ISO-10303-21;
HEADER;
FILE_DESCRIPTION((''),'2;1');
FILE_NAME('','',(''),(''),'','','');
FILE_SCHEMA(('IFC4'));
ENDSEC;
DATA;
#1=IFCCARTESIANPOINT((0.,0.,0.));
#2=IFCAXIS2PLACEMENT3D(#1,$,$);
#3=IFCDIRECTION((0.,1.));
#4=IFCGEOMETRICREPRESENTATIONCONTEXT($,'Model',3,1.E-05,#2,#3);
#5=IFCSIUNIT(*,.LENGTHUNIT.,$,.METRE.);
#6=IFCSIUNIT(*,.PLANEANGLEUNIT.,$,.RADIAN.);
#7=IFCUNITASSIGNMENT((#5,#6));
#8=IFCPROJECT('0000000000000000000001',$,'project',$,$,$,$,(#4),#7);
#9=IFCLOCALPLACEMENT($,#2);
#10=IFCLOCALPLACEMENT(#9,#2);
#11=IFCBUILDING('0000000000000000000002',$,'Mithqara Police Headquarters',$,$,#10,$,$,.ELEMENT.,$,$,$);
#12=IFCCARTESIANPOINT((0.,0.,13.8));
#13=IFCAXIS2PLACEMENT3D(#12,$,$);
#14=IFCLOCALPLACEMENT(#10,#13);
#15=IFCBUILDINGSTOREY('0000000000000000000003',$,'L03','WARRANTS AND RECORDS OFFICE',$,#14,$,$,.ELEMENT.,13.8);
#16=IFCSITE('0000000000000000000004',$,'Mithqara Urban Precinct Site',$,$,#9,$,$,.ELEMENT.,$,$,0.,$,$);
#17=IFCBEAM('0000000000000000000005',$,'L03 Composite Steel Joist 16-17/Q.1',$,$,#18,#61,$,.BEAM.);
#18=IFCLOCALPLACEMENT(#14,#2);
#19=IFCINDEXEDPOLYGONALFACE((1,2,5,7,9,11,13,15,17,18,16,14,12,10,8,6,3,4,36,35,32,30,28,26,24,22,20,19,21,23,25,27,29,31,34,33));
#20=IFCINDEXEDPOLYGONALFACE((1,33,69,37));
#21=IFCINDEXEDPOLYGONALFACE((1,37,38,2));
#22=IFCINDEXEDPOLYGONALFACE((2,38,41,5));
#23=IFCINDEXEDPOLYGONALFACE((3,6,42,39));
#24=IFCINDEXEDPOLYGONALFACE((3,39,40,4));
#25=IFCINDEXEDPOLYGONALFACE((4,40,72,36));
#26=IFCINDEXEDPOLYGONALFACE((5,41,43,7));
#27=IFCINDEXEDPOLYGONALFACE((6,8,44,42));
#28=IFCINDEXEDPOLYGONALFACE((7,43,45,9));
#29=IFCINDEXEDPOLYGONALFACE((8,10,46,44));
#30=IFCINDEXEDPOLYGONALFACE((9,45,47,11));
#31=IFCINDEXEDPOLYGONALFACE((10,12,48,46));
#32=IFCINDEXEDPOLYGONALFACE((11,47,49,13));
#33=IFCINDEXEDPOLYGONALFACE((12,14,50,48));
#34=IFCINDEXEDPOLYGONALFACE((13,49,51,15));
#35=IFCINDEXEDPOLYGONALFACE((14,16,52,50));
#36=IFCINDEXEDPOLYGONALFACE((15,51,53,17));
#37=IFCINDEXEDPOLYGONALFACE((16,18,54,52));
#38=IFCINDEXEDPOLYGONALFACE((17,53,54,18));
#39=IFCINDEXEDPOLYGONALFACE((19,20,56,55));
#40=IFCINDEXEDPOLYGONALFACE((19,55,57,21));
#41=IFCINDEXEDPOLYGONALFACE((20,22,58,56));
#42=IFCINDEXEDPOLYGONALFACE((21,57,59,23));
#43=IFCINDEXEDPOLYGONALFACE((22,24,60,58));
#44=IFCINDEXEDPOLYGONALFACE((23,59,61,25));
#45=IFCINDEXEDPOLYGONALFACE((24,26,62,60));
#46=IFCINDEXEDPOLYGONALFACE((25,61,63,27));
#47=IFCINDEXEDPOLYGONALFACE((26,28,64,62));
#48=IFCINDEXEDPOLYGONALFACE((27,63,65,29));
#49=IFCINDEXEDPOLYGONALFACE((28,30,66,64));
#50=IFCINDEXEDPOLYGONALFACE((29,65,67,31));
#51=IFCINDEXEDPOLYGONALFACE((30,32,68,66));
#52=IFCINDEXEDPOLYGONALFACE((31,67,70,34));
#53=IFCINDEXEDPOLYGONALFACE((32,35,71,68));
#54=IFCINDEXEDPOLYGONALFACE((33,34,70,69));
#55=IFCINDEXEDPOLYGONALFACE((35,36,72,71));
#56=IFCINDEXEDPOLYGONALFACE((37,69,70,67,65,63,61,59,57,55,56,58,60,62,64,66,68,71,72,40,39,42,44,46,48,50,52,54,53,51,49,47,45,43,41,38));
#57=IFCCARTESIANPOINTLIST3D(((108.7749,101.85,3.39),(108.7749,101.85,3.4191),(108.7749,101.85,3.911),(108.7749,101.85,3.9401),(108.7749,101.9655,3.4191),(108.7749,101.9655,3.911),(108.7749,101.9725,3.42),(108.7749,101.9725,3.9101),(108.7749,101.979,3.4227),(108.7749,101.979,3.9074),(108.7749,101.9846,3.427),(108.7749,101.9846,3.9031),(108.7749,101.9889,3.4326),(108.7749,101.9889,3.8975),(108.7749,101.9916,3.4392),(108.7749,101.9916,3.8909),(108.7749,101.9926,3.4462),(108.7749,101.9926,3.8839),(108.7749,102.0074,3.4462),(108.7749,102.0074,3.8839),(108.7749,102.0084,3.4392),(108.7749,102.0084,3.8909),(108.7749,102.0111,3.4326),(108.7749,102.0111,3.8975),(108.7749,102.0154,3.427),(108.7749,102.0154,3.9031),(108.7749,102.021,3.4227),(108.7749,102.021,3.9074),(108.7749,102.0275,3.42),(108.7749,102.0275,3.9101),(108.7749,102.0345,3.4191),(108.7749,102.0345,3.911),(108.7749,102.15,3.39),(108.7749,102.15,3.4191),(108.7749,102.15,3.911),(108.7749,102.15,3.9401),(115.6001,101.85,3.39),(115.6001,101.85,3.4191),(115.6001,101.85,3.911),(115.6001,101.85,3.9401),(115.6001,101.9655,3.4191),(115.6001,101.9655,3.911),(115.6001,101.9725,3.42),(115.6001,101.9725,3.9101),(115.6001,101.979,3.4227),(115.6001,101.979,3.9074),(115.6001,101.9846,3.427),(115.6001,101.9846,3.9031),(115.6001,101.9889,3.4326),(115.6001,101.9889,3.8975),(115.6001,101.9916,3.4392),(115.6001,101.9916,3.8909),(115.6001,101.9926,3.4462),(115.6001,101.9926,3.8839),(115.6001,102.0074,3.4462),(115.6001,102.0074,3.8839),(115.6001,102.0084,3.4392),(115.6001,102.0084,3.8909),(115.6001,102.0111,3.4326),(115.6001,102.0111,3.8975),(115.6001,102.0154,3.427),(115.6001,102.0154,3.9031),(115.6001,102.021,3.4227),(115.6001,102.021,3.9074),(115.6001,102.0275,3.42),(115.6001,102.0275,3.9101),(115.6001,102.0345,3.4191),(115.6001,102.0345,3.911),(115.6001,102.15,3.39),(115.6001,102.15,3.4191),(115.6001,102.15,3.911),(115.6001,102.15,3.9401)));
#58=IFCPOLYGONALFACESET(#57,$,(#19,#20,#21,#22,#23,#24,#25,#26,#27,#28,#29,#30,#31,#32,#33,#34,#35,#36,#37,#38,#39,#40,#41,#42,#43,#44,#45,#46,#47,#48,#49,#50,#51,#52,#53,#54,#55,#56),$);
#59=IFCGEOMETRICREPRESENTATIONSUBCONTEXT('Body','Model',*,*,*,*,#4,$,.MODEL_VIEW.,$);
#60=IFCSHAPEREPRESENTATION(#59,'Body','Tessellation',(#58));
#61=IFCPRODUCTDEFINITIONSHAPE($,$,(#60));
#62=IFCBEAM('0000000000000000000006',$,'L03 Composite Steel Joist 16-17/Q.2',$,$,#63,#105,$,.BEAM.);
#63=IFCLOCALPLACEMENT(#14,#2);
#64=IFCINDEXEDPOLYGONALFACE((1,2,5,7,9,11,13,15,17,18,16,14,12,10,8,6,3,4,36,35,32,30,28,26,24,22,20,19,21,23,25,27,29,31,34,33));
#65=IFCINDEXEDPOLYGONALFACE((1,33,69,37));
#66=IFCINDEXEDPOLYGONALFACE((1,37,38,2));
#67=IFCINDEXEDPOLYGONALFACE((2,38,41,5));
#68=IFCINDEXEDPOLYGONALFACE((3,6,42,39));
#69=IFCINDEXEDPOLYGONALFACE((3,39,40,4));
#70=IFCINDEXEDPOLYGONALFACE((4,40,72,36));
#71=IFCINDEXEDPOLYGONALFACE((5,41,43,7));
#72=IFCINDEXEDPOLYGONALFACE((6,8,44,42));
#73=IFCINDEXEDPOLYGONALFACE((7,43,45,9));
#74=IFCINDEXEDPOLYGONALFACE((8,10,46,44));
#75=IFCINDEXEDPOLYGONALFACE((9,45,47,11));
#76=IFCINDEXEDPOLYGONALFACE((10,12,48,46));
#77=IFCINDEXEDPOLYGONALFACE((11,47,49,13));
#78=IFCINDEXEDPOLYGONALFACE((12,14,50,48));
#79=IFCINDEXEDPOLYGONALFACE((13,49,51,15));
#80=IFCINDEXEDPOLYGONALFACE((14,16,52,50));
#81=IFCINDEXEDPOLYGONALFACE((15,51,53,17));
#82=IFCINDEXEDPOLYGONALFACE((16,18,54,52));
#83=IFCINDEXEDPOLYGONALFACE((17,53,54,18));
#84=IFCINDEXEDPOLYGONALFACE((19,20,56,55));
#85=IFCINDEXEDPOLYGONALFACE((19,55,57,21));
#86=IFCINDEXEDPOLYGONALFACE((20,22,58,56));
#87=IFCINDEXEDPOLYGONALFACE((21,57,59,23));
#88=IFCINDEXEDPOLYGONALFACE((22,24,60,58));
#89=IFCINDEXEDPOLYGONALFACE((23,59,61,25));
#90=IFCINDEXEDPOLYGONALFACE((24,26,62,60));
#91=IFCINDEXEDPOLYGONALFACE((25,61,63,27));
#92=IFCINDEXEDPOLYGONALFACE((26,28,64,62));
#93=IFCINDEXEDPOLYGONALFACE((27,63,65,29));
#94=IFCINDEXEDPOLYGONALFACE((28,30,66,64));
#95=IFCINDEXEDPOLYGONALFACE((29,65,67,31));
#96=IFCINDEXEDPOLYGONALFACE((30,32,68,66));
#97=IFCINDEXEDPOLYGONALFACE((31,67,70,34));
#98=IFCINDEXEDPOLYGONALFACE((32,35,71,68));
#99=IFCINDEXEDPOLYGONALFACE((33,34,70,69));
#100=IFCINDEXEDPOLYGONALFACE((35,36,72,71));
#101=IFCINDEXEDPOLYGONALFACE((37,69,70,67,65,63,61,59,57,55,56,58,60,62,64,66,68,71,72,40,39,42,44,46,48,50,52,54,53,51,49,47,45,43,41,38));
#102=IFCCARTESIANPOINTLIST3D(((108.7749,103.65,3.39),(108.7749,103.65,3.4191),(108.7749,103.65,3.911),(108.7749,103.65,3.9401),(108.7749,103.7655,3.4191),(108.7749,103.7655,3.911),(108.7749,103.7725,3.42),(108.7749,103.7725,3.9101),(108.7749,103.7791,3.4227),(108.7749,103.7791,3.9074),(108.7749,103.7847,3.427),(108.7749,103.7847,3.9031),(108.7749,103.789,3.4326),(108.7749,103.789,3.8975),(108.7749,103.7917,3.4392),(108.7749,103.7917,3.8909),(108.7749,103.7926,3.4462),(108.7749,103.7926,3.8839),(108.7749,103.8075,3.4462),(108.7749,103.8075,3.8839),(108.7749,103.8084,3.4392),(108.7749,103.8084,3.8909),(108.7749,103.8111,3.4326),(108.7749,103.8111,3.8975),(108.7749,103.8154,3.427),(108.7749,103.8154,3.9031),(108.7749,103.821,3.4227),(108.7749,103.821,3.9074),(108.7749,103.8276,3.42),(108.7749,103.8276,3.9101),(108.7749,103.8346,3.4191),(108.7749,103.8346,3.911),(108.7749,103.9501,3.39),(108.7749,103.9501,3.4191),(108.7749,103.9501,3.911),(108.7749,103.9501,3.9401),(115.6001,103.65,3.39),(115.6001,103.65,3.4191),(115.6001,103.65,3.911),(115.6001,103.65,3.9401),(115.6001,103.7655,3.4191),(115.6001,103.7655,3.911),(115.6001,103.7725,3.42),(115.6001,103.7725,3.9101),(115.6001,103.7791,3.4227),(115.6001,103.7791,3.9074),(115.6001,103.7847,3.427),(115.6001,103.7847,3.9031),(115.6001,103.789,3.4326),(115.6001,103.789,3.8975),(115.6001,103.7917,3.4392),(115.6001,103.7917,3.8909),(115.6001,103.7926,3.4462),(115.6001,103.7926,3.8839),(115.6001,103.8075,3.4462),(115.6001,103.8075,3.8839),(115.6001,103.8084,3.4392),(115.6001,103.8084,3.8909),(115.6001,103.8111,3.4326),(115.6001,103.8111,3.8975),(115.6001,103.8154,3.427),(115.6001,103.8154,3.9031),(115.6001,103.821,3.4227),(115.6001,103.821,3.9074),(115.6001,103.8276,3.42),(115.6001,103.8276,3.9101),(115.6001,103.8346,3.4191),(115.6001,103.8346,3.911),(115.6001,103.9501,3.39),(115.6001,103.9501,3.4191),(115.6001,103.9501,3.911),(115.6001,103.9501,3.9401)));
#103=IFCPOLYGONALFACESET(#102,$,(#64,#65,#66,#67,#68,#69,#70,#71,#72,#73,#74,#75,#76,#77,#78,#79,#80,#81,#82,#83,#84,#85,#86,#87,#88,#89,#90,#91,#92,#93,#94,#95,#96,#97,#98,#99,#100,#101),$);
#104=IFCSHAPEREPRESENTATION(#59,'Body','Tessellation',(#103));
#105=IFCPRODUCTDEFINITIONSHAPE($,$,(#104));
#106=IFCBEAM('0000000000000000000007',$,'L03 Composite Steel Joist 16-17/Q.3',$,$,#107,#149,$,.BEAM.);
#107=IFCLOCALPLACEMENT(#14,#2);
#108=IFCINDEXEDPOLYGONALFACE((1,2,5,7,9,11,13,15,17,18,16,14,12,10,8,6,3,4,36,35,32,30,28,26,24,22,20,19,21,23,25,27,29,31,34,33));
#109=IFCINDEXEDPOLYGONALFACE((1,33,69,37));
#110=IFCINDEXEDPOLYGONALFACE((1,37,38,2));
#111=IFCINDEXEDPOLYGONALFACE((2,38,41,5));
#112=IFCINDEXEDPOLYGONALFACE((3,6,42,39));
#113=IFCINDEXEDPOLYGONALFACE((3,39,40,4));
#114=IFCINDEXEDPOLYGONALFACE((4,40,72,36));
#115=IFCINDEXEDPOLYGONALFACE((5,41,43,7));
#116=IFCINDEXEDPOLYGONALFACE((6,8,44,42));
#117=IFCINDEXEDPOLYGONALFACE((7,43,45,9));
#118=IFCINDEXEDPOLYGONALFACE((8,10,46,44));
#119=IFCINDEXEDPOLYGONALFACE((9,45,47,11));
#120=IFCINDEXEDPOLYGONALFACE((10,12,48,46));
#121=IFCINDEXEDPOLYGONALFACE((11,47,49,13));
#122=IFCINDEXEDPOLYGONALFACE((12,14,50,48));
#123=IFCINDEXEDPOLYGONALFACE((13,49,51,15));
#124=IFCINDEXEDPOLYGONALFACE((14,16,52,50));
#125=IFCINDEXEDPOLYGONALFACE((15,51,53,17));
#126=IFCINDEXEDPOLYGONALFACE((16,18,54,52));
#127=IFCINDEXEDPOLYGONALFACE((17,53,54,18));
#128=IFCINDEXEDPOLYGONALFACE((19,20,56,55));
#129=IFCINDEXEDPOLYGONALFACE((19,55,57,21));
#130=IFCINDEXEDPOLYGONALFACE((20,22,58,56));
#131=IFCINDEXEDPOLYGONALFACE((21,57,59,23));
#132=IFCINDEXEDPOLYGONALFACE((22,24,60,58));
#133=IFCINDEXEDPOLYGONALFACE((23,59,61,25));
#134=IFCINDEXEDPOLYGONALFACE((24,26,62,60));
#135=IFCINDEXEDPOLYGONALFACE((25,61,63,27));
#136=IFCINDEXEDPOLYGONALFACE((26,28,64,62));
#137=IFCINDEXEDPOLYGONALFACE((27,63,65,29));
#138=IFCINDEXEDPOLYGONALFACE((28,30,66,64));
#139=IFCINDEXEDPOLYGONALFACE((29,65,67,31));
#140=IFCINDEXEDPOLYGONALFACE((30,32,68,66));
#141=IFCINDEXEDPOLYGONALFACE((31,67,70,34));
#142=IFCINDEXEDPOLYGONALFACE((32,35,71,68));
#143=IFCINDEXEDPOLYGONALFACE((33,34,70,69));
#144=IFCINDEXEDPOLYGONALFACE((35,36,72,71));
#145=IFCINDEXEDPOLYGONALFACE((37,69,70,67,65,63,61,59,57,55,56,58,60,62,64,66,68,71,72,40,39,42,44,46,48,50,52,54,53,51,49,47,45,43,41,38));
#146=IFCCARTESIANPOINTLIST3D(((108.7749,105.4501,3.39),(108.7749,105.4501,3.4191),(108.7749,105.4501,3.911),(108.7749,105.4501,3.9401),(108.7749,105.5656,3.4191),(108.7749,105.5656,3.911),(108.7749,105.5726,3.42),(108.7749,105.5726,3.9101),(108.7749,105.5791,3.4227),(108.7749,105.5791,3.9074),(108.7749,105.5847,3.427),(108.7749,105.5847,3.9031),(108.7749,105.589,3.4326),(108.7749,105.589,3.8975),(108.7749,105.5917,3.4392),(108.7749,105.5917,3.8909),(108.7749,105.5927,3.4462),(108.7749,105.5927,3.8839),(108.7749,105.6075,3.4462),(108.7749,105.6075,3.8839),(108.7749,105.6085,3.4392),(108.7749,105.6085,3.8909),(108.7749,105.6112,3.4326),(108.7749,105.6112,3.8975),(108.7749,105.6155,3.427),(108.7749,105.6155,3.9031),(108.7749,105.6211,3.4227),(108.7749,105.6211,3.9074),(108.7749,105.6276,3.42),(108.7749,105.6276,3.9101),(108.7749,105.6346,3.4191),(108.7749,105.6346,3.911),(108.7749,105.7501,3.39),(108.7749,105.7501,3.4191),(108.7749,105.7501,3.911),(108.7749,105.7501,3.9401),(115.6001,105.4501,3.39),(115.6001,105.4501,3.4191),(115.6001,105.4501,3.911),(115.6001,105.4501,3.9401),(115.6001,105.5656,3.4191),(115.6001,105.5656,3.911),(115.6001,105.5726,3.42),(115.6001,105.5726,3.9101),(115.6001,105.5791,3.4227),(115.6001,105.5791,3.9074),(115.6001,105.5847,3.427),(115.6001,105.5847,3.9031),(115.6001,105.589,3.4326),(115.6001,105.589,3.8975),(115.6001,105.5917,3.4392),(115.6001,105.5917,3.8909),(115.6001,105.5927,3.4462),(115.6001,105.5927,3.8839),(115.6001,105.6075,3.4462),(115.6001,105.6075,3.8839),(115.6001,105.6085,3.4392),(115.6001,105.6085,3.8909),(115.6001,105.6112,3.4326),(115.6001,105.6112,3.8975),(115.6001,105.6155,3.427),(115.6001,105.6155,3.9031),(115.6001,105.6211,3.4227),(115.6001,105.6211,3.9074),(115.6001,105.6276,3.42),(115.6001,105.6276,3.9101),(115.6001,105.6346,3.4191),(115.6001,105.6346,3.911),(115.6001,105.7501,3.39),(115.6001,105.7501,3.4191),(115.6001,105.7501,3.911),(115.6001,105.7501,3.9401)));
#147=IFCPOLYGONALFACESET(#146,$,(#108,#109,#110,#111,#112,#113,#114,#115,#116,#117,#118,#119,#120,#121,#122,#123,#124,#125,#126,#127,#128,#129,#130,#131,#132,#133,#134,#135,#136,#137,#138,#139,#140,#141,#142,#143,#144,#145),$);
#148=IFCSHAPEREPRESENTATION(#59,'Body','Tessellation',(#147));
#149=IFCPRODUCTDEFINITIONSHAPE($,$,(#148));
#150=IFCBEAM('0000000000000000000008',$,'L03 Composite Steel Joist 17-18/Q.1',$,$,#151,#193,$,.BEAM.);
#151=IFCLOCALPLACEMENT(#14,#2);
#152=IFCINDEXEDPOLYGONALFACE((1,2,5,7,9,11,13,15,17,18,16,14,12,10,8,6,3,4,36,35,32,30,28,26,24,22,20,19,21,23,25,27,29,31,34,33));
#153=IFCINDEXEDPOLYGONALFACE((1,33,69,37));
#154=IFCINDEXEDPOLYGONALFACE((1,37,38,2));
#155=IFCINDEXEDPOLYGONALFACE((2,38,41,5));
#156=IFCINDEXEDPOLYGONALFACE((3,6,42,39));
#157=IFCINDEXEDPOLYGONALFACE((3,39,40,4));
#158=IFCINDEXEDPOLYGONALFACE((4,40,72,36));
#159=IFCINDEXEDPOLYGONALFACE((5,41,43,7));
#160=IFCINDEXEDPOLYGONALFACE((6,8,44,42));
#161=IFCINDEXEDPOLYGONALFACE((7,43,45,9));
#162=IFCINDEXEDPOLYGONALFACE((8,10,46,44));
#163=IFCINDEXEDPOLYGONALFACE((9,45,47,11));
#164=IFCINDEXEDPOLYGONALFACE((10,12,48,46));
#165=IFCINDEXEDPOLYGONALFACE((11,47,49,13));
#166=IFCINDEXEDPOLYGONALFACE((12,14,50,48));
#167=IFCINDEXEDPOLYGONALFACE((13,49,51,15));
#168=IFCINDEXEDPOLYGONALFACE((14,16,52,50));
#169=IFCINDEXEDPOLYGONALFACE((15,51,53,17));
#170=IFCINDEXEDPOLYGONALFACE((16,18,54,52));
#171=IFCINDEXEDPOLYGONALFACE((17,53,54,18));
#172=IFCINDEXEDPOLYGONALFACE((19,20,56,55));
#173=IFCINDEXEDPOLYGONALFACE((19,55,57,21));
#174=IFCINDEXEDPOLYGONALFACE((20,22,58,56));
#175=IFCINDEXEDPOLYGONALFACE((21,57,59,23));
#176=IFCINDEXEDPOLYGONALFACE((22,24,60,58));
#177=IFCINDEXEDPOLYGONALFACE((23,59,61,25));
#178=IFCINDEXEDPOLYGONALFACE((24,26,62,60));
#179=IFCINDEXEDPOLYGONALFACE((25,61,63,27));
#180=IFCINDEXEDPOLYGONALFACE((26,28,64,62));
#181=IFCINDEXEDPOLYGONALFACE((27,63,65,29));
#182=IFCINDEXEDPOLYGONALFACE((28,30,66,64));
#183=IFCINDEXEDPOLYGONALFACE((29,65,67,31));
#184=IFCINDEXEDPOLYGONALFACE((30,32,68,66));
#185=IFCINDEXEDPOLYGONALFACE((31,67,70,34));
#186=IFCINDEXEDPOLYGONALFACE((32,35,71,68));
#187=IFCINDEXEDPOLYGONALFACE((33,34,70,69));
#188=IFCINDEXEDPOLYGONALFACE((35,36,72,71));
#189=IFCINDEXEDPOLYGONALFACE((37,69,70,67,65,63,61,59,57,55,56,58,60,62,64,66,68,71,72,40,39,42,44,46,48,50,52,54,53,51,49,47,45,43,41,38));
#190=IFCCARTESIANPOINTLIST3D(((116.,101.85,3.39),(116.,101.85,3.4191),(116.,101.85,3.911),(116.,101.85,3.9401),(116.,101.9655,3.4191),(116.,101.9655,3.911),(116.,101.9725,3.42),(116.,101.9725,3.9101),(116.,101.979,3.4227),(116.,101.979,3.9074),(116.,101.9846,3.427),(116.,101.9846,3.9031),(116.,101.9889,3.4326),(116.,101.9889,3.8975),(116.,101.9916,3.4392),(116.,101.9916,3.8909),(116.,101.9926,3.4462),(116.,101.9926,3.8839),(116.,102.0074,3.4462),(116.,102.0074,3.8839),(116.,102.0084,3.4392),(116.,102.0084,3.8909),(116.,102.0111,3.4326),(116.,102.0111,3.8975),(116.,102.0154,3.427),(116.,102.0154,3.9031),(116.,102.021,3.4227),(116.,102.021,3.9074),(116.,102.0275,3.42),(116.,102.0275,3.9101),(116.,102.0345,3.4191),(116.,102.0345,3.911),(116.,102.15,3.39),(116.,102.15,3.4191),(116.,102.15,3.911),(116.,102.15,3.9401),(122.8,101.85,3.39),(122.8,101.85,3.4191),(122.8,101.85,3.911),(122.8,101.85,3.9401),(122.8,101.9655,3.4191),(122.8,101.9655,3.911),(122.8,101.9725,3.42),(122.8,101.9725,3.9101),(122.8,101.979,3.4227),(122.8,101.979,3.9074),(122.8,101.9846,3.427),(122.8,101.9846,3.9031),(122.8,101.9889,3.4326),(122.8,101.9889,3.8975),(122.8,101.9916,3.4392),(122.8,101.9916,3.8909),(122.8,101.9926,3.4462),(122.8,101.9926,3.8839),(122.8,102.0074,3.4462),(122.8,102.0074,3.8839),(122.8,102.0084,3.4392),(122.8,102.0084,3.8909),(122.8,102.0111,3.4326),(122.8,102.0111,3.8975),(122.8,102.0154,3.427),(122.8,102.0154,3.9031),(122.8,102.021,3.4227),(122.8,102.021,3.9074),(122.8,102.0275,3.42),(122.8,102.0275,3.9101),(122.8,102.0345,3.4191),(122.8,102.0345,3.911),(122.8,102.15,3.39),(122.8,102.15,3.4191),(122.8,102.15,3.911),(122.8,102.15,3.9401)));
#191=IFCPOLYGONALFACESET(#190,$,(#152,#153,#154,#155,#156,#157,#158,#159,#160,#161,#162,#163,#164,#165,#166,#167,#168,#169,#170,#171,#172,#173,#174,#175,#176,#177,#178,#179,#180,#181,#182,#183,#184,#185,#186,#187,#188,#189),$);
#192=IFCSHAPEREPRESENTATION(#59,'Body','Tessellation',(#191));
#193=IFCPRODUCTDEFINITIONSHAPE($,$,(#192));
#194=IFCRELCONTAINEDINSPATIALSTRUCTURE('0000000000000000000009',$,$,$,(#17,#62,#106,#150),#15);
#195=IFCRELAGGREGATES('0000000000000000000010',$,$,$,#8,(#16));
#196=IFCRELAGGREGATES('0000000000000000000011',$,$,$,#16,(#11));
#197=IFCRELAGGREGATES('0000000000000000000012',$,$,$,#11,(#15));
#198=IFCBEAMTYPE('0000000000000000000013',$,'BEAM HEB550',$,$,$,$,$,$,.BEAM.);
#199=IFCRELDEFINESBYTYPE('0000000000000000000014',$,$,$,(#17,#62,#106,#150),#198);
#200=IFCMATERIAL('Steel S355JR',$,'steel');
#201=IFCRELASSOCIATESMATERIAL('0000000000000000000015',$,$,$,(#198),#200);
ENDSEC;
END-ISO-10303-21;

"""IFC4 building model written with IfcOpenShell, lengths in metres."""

from ifc_helpers import new_model, si_unit, direction, frame, origin, origin_2d, place, context, subcontext, project, spatial, i_section, extrude, material, material_profile, profile_set, type_object, element, save


model = new_model("IFC4")

# Units and contexts
model_context = context("Model", 3, precision=1e-05, world=origin(), true_north=direction((0.0, 1.0)))
body_context = subcontext(model_context, "Body", "Model", "MODEL_VIEW")
ifc_project = project(units=[si_unit("LENGTHUNIT", "METRE"), si_unit("PLANEANGLEUNIT", "RADIAN")], contexts=[model_context])

# Site, building, storey
site_placement = place(None, origin())
site = spatial("IfcSite", under=ifc_project, at=site_placement, Name="Mithqara Urban Precinct Site", CompositionType="ELEMENT", RefElevation=0.0)
building_placement = place(site_placement, origin())
building = spatial("IfcBuilding", under=site, at=building_placement, Name="Mithqara Police Headquarters", CompositionType="ELEMENT")
storey_placement = place(building_placement, frame((0.0, 0.0, 13.8)))
storey = spatial("IfcBuildingStorey", under=building, at=storey_placement, Name="L03", Description="WARRANTS AND RECORDS OFFICE", CompositionType="ELEMENT", Elevation=13.8)

# Beams
ifc_material_1 = material(Name="Steel S355JR", Category="steel")
ifc_material_profile_1 = material_profile(ifc_material_1, i_section(OverallWidth=0.3, OverallDepth=0.55, WebThickness=0.0149, FlangeThickness=0.0291, FilletRadius=0.0271, at=origin_2d()), Name="HEB 550")
ifc_profile_set_1 = profile_set([ifc_material_profile_1], Name="Steel S355JR")
beam_type_1 = type_object("IfcBeamType", Name="BEAM HEB550", PredefinedType="BEAM", material=ifc_profile_set_1)
for number, where, z_axis, x_axis, name in (
    (1, (108.7749, 102.0, 3.665), (1.0, 0.0, 0.0), (0.0, 1.0, 0.0), "L03 Composite Steel Joist 16-17/Q.1"),
    (2, (108.7749, 103.8, 3.665), (1.0, 0.0, 0.0), (0.0, 1.0, 0.0), "L03 Composite Steel Joist 16-17/Q.2"),
    (3, (108.7749, 105.6001, 3.665), (1.0, 0.0, 0.0), (0.0, 1.0, 0.0), "L03 Composite Steel Joist 16-17/Q.3"),
):
    element("IfcBeam", number, at=place(storey_placement, frame(where, z_axis=z_axis, x_axis=x_axis)), inside=storey, type_object=beam_type_1, Name=name, PredefinedType="BEAM", context=body_context, shape_type="SweptSolid", body=[
        extrude(i_section(OverallWidth=0.3, OverallDepth=0.55, WebThickness=0.0149, FlangeThickness=0.0291, FilletRadius=0.0271, at=origin_2d()), origin(), (0.0, 0.0, 1.0), 6.8252),
    ])
for number, where, z_axis, x_axis, name in (
    (4, (116.0, 102.0, 3.665), (1.0, 0.0, 0.0), (0.0, 1.0, 0.0), "L03 Composite Steel Joist 17-18/Q.1"),
):
    element("IfcBeam", number, at=place(storey_placement, frame(where, z_axis=z_axis, x_axis=x_axis)), inside=storey, type_object=beam_type_1, Name=name, PredefinedType="BEAM", context=body_context, shape_type="SweptSolid", body=[
        extrude(i_section(OverallWidth=0.3, OverallDepth=0.55, WebThickness=0.0149, FlangeThickness=0.0291, FilletRadius=0.0271, at=origin_2d()), origin(), (0.0, 0.0, 1.0), 6.8),
    ])

save(model, "model.ifc")
